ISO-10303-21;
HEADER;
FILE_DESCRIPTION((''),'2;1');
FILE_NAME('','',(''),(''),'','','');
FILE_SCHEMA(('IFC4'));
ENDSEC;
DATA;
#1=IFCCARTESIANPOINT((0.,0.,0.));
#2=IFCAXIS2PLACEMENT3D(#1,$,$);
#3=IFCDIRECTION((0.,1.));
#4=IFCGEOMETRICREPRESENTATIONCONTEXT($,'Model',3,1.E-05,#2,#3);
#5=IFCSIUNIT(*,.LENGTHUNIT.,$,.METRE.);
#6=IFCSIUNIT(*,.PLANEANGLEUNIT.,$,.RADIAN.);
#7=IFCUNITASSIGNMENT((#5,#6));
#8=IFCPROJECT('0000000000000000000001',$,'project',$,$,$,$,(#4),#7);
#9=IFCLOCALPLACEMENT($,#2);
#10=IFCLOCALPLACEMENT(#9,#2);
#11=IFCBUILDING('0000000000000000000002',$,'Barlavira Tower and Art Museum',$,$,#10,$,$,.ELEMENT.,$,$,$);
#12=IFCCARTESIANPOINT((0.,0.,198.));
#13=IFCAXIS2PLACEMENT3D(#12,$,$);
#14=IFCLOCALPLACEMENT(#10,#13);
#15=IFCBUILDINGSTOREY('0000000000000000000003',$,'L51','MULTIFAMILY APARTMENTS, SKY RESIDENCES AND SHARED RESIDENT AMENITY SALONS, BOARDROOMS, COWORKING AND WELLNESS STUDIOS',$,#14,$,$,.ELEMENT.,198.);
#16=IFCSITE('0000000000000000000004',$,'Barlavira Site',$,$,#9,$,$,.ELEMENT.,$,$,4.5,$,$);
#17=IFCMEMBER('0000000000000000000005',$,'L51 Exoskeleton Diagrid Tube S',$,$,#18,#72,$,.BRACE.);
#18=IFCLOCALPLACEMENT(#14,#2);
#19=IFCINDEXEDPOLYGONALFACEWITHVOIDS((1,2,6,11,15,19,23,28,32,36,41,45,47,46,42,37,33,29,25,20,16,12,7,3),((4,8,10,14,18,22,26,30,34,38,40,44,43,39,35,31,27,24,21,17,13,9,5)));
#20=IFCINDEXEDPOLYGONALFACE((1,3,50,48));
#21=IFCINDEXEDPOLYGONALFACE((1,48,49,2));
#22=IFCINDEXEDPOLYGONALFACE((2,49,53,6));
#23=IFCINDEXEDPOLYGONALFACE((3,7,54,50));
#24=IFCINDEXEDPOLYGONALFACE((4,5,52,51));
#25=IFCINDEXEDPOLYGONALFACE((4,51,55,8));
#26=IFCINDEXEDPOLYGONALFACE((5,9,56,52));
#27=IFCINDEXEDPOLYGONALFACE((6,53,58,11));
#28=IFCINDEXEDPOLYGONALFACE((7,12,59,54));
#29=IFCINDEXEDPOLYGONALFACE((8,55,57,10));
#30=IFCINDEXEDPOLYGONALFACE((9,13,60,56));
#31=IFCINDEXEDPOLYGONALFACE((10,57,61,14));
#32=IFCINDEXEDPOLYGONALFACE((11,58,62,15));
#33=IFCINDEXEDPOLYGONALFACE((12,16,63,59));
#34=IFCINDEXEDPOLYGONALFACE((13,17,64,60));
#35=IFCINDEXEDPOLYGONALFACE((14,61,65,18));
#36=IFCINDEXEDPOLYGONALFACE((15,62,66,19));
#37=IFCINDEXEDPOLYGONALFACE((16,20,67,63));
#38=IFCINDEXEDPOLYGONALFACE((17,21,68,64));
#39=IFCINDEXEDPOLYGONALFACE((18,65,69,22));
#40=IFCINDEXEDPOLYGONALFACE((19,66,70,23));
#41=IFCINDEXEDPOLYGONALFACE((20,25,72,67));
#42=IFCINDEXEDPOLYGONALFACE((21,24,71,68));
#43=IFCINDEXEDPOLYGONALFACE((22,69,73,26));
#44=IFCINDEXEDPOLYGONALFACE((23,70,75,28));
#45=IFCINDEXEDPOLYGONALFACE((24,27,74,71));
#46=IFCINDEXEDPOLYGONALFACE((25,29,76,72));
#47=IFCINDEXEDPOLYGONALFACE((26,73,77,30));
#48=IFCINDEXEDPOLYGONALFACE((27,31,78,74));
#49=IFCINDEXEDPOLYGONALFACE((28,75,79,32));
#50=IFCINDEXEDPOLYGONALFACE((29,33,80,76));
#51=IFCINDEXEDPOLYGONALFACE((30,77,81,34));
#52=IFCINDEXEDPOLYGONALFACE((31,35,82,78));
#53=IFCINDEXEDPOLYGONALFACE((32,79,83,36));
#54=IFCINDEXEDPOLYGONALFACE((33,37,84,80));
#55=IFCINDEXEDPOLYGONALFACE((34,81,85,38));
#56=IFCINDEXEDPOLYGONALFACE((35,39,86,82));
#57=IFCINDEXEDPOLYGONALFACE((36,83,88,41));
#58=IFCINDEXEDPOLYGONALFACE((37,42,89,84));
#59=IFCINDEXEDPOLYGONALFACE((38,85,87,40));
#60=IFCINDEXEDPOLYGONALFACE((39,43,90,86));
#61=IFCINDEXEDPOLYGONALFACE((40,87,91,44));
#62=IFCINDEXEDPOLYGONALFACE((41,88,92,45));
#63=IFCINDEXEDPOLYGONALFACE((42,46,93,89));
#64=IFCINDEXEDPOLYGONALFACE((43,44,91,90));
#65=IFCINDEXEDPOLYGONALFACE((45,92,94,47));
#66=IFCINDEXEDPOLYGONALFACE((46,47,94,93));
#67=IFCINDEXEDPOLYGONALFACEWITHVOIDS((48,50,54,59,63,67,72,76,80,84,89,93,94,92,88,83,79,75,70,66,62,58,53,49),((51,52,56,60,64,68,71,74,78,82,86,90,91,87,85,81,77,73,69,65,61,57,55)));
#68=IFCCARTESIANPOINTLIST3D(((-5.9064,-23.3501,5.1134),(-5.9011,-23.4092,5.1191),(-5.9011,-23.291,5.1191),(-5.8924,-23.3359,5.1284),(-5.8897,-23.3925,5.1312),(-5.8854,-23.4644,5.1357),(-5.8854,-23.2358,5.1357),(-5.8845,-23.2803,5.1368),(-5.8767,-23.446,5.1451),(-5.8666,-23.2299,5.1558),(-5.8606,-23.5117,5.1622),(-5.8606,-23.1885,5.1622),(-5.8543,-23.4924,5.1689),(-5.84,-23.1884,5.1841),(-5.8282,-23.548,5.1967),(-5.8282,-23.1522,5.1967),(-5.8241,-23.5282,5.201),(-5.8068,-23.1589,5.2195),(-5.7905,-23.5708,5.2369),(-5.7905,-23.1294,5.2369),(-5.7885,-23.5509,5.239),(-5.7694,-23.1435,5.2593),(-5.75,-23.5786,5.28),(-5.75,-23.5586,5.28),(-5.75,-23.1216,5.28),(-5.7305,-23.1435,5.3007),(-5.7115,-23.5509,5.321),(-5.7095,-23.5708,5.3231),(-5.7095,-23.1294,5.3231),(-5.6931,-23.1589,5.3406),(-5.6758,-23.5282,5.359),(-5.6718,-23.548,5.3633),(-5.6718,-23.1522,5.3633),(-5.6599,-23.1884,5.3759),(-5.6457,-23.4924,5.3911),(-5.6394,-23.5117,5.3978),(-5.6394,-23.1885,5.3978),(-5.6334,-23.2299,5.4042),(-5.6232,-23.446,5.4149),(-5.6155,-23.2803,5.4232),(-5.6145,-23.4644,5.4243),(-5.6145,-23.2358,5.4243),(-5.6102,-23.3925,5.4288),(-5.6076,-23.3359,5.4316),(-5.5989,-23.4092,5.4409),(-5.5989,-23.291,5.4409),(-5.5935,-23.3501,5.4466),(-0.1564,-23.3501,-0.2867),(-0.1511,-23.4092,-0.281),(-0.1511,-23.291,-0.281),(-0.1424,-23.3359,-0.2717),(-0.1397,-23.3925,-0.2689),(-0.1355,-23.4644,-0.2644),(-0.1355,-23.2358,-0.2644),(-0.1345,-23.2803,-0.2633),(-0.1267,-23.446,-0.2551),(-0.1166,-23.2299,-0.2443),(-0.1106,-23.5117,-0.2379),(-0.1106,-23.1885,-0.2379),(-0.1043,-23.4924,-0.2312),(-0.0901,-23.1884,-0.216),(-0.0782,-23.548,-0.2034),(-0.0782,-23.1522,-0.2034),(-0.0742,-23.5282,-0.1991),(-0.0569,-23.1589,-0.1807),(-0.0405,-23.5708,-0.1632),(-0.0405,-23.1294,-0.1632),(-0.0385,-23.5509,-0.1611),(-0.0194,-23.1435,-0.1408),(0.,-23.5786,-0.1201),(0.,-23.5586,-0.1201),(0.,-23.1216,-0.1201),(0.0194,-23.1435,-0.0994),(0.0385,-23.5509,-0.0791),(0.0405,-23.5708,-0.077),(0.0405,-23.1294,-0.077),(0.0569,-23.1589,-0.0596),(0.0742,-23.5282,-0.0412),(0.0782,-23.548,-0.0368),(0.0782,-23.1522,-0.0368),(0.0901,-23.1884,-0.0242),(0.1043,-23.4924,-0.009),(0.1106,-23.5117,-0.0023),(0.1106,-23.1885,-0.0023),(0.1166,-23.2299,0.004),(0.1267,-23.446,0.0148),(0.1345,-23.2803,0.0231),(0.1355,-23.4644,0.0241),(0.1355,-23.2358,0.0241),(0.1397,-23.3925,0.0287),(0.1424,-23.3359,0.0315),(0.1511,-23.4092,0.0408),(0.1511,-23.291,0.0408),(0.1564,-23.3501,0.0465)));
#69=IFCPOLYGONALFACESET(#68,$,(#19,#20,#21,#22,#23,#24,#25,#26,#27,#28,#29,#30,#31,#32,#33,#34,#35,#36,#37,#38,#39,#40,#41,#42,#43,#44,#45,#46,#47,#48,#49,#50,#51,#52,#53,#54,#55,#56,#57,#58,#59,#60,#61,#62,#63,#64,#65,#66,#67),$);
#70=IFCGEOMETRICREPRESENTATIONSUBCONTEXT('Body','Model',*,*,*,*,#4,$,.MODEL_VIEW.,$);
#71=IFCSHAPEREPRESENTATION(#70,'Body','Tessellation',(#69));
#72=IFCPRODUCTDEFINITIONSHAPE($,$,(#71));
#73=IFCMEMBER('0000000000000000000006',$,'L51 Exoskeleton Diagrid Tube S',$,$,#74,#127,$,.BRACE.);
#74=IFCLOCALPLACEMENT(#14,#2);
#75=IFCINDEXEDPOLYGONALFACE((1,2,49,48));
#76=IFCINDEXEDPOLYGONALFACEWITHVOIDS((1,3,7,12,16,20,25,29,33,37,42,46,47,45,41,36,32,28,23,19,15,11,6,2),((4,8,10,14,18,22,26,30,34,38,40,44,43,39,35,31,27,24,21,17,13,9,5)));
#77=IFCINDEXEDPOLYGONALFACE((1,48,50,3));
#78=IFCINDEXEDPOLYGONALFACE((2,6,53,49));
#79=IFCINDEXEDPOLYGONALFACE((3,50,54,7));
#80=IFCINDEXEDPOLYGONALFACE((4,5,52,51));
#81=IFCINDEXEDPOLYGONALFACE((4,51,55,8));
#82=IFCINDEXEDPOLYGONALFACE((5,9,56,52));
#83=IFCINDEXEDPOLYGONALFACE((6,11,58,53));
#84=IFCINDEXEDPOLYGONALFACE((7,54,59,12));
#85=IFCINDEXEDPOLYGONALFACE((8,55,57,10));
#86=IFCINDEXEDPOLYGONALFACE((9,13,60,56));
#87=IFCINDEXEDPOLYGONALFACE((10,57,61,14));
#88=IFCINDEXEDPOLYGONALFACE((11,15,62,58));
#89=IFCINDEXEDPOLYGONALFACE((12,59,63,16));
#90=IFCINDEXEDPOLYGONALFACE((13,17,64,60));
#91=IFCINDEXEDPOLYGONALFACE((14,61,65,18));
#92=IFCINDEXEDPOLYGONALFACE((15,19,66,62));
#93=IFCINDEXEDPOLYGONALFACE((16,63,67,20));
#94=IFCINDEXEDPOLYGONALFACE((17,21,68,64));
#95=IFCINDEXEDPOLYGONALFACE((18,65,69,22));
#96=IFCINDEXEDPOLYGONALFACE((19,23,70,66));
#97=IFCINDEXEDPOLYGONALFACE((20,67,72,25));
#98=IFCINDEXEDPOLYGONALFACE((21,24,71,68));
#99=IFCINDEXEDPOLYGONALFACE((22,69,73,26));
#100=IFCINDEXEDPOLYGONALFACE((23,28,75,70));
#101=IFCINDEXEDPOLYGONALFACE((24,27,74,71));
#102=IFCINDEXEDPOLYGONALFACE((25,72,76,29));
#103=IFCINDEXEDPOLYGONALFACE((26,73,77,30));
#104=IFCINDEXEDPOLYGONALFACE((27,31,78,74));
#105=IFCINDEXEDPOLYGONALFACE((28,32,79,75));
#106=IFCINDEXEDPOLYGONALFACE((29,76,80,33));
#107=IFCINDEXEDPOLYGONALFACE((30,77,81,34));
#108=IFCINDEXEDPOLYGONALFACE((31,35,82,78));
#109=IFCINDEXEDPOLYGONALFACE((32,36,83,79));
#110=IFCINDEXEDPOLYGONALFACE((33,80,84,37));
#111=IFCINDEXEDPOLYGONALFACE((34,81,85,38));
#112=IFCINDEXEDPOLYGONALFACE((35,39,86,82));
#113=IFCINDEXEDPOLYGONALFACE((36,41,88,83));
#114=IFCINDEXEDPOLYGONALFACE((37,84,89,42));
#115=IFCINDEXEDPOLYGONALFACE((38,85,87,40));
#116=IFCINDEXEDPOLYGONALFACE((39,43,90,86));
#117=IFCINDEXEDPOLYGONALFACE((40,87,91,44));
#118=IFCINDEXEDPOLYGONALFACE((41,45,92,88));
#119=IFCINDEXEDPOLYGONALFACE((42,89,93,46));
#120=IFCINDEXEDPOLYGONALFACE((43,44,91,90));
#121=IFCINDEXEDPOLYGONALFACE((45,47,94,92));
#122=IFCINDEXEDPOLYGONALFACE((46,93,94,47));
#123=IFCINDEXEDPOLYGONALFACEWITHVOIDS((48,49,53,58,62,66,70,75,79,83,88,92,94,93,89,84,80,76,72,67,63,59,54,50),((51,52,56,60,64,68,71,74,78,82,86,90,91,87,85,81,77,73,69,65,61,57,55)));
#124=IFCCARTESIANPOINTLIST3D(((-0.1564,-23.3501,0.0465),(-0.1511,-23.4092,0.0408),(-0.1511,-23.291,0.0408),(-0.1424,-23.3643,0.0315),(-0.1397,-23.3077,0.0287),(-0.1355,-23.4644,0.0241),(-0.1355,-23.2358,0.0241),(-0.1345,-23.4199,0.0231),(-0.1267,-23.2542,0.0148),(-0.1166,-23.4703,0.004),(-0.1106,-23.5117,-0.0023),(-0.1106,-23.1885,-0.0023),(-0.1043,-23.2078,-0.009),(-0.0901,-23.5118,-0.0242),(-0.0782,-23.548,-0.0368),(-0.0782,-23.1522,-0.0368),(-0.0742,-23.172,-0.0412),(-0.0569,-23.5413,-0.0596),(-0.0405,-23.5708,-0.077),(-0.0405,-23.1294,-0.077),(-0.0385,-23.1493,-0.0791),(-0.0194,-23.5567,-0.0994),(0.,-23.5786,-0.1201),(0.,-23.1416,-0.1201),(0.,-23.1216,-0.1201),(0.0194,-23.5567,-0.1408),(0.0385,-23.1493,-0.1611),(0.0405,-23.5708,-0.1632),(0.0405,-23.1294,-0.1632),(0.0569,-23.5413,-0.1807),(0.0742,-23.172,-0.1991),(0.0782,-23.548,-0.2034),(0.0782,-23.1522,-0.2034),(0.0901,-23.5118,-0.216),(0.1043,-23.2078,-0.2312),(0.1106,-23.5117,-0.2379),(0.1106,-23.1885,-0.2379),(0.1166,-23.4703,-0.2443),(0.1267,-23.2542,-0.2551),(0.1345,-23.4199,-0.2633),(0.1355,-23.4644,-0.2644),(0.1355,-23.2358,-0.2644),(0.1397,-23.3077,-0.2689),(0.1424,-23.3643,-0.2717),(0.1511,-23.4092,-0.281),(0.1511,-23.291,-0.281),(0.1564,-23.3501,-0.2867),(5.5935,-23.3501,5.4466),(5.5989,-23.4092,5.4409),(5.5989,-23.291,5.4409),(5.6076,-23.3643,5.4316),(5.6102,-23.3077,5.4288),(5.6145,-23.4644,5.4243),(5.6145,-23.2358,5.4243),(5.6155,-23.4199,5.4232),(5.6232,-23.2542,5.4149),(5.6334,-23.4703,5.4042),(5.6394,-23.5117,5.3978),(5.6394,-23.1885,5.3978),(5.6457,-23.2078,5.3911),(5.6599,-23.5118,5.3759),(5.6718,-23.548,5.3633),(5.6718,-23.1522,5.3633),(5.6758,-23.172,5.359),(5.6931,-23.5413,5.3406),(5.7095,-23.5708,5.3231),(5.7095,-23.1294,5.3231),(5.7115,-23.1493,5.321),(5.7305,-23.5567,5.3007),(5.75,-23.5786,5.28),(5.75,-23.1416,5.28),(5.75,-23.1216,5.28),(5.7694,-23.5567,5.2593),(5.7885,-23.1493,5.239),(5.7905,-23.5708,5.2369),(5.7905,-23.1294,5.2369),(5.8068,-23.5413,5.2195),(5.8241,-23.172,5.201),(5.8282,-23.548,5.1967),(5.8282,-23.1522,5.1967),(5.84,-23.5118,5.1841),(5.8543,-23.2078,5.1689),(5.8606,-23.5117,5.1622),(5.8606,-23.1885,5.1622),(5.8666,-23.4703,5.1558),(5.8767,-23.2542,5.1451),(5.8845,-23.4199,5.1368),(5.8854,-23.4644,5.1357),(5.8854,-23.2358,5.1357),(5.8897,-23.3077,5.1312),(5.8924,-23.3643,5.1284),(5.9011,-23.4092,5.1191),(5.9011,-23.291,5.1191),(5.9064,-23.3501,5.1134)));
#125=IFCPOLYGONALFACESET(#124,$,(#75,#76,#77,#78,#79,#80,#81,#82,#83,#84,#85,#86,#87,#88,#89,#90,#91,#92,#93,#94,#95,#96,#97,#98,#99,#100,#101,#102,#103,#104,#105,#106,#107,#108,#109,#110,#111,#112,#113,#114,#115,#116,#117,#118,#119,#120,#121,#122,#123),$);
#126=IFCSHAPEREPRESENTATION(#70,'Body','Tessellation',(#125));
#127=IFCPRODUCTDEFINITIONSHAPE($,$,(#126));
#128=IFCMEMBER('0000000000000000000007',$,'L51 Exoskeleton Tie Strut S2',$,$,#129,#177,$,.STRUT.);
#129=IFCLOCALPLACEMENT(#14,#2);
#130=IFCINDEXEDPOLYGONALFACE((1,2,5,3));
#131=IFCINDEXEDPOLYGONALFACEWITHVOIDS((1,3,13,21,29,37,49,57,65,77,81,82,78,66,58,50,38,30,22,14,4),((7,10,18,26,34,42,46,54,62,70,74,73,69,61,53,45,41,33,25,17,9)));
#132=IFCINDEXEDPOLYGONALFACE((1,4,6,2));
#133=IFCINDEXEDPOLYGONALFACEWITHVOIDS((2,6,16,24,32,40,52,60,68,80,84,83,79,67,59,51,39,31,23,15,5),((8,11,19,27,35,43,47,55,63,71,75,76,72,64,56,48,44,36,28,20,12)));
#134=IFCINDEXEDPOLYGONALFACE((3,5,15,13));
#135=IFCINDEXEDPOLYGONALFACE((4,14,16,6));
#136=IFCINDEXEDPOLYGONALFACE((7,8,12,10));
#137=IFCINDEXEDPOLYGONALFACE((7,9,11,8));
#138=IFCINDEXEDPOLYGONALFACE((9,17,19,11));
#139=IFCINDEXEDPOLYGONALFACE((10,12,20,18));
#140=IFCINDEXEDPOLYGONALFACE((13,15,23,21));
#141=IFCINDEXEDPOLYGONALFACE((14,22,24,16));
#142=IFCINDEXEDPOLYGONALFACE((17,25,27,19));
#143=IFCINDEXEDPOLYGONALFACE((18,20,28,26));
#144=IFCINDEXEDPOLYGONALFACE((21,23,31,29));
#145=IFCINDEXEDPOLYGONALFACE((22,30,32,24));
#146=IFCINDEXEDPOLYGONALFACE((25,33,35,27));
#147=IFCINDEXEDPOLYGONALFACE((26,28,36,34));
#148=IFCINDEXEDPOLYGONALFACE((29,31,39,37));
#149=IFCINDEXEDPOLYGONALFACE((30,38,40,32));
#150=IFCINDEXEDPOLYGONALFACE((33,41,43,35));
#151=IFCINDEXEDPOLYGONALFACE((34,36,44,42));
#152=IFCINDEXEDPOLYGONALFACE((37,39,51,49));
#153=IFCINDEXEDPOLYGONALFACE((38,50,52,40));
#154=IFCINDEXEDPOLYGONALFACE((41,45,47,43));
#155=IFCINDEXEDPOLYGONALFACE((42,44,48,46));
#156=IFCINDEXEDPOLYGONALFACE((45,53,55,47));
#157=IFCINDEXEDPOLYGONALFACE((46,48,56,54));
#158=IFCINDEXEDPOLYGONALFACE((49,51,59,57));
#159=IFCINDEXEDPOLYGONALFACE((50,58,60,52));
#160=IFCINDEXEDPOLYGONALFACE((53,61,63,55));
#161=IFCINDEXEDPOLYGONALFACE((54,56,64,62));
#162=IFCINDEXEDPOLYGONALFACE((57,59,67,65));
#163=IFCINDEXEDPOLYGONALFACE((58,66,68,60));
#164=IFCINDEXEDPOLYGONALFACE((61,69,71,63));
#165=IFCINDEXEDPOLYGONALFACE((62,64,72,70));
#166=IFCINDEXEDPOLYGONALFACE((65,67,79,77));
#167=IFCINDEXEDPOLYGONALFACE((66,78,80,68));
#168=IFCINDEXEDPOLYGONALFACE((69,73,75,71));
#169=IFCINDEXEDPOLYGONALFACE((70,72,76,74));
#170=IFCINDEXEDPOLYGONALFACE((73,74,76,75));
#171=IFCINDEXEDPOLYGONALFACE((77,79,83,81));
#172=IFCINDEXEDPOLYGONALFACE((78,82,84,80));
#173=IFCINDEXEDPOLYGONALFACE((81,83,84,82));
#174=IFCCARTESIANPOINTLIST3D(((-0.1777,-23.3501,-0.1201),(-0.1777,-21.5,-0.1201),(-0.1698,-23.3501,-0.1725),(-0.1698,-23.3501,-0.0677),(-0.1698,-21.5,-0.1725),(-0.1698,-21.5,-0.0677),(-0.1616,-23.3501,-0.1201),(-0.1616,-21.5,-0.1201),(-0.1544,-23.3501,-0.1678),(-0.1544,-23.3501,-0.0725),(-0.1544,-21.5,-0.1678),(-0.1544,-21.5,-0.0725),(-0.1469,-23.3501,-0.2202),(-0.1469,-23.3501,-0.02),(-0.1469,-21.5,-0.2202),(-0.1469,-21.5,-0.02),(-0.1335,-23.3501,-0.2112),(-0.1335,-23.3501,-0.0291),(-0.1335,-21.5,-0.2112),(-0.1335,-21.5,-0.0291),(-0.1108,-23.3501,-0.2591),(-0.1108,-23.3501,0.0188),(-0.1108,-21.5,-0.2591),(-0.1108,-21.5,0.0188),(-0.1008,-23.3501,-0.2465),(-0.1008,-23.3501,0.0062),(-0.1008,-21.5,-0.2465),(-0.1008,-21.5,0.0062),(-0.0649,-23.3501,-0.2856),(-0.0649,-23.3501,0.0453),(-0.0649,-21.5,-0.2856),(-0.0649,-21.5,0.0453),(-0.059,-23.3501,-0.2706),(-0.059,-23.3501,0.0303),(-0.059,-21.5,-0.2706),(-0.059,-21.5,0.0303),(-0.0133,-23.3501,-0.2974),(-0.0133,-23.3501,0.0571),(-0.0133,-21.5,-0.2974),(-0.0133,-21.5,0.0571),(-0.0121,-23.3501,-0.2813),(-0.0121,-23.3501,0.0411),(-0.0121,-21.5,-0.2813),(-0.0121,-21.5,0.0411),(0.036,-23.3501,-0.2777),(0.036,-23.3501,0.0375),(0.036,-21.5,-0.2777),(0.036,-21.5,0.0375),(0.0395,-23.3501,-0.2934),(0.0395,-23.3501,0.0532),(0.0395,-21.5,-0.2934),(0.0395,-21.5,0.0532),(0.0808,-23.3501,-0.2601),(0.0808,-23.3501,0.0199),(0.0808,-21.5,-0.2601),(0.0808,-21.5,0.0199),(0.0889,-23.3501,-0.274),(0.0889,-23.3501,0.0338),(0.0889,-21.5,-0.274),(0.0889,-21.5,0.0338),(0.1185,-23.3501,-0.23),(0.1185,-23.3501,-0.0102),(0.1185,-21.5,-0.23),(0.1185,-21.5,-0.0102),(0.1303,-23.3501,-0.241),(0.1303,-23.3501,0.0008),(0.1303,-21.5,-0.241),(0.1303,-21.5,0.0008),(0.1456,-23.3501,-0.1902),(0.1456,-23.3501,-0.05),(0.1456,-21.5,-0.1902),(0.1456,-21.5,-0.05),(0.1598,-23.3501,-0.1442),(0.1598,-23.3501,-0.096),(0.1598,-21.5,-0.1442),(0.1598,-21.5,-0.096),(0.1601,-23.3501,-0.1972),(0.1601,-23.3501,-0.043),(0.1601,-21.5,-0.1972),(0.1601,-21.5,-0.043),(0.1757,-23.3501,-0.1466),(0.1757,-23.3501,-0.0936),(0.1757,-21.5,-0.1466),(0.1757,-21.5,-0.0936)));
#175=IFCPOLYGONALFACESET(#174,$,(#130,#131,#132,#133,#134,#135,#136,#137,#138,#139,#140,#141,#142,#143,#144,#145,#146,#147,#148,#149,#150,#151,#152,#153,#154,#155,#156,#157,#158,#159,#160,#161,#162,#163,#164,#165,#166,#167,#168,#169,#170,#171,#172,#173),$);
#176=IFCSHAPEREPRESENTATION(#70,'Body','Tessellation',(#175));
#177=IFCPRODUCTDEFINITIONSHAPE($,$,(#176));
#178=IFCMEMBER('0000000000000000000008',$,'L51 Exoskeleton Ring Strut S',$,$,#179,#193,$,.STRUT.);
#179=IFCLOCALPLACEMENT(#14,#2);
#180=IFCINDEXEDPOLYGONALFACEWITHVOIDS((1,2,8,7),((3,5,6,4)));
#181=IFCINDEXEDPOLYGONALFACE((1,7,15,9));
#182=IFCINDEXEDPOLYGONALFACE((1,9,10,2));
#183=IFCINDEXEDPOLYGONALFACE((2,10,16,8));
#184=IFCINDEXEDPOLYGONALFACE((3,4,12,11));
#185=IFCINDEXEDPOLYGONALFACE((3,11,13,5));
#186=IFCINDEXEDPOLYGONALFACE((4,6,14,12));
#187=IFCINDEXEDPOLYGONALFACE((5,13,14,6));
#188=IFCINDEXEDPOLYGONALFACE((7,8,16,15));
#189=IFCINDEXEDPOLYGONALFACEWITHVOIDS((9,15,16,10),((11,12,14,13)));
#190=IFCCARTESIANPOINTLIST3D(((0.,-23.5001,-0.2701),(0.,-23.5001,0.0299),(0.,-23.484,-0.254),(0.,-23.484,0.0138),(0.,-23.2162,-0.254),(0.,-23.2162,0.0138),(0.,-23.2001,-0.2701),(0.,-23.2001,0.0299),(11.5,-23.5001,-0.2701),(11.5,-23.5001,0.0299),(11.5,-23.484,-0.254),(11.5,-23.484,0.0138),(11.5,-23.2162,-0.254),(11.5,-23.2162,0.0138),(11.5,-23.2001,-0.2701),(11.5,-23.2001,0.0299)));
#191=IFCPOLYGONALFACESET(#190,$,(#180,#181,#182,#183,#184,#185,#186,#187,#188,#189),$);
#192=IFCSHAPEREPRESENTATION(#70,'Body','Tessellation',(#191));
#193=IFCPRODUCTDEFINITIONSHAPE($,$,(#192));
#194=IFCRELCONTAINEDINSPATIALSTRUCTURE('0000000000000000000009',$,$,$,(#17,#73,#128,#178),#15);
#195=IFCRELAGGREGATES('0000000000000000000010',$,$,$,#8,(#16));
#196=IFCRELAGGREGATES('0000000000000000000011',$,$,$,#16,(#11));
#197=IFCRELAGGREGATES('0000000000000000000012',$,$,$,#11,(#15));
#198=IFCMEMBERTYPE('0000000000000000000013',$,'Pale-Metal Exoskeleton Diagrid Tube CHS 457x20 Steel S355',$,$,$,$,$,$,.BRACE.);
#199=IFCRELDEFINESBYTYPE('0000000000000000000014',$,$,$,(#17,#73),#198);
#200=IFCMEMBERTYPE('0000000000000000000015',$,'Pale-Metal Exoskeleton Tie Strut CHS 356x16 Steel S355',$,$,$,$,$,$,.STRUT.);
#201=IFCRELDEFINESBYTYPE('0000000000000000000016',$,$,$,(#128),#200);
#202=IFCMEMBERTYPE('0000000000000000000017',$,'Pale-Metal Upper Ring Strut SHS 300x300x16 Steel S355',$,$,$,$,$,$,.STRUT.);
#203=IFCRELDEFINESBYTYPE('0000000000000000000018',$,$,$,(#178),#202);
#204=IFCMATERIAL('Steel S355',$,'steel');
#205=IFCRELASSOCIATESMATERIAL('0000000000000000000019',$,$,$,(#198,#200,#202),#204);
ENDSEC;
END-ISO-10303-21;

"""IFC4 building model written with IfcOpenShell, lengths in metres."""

from ifc_helpers import new_model, si_unit, direction, frame, origin, origin_2d, place, context, subcontext, project, spatial, hollow_rectangle, hollow_circle, extrude, material, material_profile, profile_set, type_object, element, save


model = new_model("IFC4")

# Units and contexts
model_context = context("Model", 3, precision=1e-05, world=origin(), true_north=direction((0.0, 1.0)))
body_context = subcontext(model_context, "Body", "Model", "MODEL_VIEW")
ifc_project = project(units=[si_unit("LENGTHUNIT", "METRE"), si_unit("PLANEANGLEUNIT", "RADIAN")], contexts=[model_context])

# Site, building, storey
site_placement = place(None, origin())
site = spatial("IfcSite", under=ifc_project, at=site_placement, Name="Barlavira Site", CompositionType="ELEMENT", RefElevation=4.5)
building_placement = place(site_placement, origin())
building = spatial("IfcBuilding", under=site, at=building_placement, Name="Barlavira Tower and Art Museum", CompositionType="ELEMENT")
storey_placement = place(building_placement, frame((0.0, 0.0, 198.0)))
storey = spatial("IfcBuildingStorey", under=building, at=storey_placement, Name="L51", Description="MULTIFAMILY APARTMENTS, SKY RESIDENCES AND SHARED RESIDENT AMENITY SALONS, BOARDROOMS, COWORKING AND WELLNESS STUDIOS", CompositionType="ELEMENT", Elevation=198.0)

# Members
ifc_material_1 = material(Name="Steel S355", Category="steel")
ifc_material_profile_1 = material_profile(ifc_material_1, hollow_circle(Radius=0.2285, WallThickness=0.02, at=origin_2d()), Name="CHS 457.0x20.0")
ifc_profile_set_1 = profile_set([ifc_material_profile_1], Name="Steel S355")
member_type_1 = type_object("IfcMemberType", Name="Pale-Metal Exoskeleton Diagrid Tube CHS 457x20 Steel S355", PredefinedType="BRACE", material=ifc_profile_set_1)
for number, where, z_axis, x_axis, name in (
    (1, (0.0, -23.3501, -0.1201), (-0.728935, 0.0, 0.684583), (0.0, -1.0, 0.0), "L51 Exoskeleton Diagrid Tube S"),
    (2, (0.0, -23.3501, -0.1201), (0.728935, 0.0, 0.684583), (0.0, 1.0, 0.0), "L51 Exoskeleton Diagrid Tube S"),
):
    element("IfcMember", number, at=place(storey_placement, frame(where, z_axis=z_axis, x_axis=x_axis)), inside=storey, type_object=member_type_1, Name=name, PredefinedType="BRACE", context=body_context, shape_type="SweptSolid", body=[
        extrude(hollow_circle(Radius=0.2285, WallThickness=0.02, at=origin_2d()), origin(), (0.0, 0.0, 1.0), 7.8882),
    ])
ifc_material_profile_2 = material_profile(ifc_material_1, hollow_circle(Radius=0.1777, WallThickness=0.0161, at=origin_2d()), Name="CHS 355.6x16.0")
ifc_profile_set_2 = profile_set([ifc_material_profile_2], Name="Steel S355")
member_type_2 = type_object("IfcMemberType", Name="Pale-Metal Exoskeleton Tie Strut CHS 356x16 Steel S355", PredefinedType="STRUT", material=ifc_profile_set_2)
member_1_placement = place(storey_placement, frame((0.0, -23.3501, -0.1201), z_axis=(0.0, 1.0, 0.0), x_axis=(-1.0, 0.0, 0.0)))
element("IfcMember", 3, at=member_1_placement, inside=storey, type_object=member_type_2, Name="L51 Exoskeleton Tie Strut S2", PredefinedType="STRUT", context=body_context, shape_type="SweptSolid", body=[
    extrude(hollow_circle(Radius=0.1777, WallThickness=0.0161, at=origin_2d()), origin(), (0.0, 0.0, 1.0), 1.8501),
])
ifc_material_profile_3 = material_profile(ifc_material_1, hollow_rectangle(XDim=0.3, YDim=0.3, WallThickness=0.0161, at=origin_2d()), Name="SHS 300x300x16.0")
ifc_profile_set_3 = profile_set([ifc_material_profile_3], Name="Steel S355")
member_type_3 = type_object("IfcMemberType", Name="Pale-Metal Upper Ring Strut SHS 300x300x16 Steel S355", PredefinedType="STRUT", material=ifc_profile_set_3)
member_2_placement = place(storey_placement, frame((0.0, -23.3501, -0.1201), z_axis=(1.0, 0.0, 0.0), x_axis=(0.0, 1.0, 0.0)))
element("IfcMember", 4, at=member_2_placement, inside=storey, type_object=member_type_3, Name="L51 Exoskeleton Ring Strut S", PredefinedType="STRUT", context=body_context, shape_type="SweptSolid", body=[
    extrude(hollow_rectangle(XDim=0.3, YDim=0.3, WallThickness=0.0161, at=origin_2d()), origin(), (0.0, 0.0, 1.0), 11.5),
])

save(model, "model.ifc")
